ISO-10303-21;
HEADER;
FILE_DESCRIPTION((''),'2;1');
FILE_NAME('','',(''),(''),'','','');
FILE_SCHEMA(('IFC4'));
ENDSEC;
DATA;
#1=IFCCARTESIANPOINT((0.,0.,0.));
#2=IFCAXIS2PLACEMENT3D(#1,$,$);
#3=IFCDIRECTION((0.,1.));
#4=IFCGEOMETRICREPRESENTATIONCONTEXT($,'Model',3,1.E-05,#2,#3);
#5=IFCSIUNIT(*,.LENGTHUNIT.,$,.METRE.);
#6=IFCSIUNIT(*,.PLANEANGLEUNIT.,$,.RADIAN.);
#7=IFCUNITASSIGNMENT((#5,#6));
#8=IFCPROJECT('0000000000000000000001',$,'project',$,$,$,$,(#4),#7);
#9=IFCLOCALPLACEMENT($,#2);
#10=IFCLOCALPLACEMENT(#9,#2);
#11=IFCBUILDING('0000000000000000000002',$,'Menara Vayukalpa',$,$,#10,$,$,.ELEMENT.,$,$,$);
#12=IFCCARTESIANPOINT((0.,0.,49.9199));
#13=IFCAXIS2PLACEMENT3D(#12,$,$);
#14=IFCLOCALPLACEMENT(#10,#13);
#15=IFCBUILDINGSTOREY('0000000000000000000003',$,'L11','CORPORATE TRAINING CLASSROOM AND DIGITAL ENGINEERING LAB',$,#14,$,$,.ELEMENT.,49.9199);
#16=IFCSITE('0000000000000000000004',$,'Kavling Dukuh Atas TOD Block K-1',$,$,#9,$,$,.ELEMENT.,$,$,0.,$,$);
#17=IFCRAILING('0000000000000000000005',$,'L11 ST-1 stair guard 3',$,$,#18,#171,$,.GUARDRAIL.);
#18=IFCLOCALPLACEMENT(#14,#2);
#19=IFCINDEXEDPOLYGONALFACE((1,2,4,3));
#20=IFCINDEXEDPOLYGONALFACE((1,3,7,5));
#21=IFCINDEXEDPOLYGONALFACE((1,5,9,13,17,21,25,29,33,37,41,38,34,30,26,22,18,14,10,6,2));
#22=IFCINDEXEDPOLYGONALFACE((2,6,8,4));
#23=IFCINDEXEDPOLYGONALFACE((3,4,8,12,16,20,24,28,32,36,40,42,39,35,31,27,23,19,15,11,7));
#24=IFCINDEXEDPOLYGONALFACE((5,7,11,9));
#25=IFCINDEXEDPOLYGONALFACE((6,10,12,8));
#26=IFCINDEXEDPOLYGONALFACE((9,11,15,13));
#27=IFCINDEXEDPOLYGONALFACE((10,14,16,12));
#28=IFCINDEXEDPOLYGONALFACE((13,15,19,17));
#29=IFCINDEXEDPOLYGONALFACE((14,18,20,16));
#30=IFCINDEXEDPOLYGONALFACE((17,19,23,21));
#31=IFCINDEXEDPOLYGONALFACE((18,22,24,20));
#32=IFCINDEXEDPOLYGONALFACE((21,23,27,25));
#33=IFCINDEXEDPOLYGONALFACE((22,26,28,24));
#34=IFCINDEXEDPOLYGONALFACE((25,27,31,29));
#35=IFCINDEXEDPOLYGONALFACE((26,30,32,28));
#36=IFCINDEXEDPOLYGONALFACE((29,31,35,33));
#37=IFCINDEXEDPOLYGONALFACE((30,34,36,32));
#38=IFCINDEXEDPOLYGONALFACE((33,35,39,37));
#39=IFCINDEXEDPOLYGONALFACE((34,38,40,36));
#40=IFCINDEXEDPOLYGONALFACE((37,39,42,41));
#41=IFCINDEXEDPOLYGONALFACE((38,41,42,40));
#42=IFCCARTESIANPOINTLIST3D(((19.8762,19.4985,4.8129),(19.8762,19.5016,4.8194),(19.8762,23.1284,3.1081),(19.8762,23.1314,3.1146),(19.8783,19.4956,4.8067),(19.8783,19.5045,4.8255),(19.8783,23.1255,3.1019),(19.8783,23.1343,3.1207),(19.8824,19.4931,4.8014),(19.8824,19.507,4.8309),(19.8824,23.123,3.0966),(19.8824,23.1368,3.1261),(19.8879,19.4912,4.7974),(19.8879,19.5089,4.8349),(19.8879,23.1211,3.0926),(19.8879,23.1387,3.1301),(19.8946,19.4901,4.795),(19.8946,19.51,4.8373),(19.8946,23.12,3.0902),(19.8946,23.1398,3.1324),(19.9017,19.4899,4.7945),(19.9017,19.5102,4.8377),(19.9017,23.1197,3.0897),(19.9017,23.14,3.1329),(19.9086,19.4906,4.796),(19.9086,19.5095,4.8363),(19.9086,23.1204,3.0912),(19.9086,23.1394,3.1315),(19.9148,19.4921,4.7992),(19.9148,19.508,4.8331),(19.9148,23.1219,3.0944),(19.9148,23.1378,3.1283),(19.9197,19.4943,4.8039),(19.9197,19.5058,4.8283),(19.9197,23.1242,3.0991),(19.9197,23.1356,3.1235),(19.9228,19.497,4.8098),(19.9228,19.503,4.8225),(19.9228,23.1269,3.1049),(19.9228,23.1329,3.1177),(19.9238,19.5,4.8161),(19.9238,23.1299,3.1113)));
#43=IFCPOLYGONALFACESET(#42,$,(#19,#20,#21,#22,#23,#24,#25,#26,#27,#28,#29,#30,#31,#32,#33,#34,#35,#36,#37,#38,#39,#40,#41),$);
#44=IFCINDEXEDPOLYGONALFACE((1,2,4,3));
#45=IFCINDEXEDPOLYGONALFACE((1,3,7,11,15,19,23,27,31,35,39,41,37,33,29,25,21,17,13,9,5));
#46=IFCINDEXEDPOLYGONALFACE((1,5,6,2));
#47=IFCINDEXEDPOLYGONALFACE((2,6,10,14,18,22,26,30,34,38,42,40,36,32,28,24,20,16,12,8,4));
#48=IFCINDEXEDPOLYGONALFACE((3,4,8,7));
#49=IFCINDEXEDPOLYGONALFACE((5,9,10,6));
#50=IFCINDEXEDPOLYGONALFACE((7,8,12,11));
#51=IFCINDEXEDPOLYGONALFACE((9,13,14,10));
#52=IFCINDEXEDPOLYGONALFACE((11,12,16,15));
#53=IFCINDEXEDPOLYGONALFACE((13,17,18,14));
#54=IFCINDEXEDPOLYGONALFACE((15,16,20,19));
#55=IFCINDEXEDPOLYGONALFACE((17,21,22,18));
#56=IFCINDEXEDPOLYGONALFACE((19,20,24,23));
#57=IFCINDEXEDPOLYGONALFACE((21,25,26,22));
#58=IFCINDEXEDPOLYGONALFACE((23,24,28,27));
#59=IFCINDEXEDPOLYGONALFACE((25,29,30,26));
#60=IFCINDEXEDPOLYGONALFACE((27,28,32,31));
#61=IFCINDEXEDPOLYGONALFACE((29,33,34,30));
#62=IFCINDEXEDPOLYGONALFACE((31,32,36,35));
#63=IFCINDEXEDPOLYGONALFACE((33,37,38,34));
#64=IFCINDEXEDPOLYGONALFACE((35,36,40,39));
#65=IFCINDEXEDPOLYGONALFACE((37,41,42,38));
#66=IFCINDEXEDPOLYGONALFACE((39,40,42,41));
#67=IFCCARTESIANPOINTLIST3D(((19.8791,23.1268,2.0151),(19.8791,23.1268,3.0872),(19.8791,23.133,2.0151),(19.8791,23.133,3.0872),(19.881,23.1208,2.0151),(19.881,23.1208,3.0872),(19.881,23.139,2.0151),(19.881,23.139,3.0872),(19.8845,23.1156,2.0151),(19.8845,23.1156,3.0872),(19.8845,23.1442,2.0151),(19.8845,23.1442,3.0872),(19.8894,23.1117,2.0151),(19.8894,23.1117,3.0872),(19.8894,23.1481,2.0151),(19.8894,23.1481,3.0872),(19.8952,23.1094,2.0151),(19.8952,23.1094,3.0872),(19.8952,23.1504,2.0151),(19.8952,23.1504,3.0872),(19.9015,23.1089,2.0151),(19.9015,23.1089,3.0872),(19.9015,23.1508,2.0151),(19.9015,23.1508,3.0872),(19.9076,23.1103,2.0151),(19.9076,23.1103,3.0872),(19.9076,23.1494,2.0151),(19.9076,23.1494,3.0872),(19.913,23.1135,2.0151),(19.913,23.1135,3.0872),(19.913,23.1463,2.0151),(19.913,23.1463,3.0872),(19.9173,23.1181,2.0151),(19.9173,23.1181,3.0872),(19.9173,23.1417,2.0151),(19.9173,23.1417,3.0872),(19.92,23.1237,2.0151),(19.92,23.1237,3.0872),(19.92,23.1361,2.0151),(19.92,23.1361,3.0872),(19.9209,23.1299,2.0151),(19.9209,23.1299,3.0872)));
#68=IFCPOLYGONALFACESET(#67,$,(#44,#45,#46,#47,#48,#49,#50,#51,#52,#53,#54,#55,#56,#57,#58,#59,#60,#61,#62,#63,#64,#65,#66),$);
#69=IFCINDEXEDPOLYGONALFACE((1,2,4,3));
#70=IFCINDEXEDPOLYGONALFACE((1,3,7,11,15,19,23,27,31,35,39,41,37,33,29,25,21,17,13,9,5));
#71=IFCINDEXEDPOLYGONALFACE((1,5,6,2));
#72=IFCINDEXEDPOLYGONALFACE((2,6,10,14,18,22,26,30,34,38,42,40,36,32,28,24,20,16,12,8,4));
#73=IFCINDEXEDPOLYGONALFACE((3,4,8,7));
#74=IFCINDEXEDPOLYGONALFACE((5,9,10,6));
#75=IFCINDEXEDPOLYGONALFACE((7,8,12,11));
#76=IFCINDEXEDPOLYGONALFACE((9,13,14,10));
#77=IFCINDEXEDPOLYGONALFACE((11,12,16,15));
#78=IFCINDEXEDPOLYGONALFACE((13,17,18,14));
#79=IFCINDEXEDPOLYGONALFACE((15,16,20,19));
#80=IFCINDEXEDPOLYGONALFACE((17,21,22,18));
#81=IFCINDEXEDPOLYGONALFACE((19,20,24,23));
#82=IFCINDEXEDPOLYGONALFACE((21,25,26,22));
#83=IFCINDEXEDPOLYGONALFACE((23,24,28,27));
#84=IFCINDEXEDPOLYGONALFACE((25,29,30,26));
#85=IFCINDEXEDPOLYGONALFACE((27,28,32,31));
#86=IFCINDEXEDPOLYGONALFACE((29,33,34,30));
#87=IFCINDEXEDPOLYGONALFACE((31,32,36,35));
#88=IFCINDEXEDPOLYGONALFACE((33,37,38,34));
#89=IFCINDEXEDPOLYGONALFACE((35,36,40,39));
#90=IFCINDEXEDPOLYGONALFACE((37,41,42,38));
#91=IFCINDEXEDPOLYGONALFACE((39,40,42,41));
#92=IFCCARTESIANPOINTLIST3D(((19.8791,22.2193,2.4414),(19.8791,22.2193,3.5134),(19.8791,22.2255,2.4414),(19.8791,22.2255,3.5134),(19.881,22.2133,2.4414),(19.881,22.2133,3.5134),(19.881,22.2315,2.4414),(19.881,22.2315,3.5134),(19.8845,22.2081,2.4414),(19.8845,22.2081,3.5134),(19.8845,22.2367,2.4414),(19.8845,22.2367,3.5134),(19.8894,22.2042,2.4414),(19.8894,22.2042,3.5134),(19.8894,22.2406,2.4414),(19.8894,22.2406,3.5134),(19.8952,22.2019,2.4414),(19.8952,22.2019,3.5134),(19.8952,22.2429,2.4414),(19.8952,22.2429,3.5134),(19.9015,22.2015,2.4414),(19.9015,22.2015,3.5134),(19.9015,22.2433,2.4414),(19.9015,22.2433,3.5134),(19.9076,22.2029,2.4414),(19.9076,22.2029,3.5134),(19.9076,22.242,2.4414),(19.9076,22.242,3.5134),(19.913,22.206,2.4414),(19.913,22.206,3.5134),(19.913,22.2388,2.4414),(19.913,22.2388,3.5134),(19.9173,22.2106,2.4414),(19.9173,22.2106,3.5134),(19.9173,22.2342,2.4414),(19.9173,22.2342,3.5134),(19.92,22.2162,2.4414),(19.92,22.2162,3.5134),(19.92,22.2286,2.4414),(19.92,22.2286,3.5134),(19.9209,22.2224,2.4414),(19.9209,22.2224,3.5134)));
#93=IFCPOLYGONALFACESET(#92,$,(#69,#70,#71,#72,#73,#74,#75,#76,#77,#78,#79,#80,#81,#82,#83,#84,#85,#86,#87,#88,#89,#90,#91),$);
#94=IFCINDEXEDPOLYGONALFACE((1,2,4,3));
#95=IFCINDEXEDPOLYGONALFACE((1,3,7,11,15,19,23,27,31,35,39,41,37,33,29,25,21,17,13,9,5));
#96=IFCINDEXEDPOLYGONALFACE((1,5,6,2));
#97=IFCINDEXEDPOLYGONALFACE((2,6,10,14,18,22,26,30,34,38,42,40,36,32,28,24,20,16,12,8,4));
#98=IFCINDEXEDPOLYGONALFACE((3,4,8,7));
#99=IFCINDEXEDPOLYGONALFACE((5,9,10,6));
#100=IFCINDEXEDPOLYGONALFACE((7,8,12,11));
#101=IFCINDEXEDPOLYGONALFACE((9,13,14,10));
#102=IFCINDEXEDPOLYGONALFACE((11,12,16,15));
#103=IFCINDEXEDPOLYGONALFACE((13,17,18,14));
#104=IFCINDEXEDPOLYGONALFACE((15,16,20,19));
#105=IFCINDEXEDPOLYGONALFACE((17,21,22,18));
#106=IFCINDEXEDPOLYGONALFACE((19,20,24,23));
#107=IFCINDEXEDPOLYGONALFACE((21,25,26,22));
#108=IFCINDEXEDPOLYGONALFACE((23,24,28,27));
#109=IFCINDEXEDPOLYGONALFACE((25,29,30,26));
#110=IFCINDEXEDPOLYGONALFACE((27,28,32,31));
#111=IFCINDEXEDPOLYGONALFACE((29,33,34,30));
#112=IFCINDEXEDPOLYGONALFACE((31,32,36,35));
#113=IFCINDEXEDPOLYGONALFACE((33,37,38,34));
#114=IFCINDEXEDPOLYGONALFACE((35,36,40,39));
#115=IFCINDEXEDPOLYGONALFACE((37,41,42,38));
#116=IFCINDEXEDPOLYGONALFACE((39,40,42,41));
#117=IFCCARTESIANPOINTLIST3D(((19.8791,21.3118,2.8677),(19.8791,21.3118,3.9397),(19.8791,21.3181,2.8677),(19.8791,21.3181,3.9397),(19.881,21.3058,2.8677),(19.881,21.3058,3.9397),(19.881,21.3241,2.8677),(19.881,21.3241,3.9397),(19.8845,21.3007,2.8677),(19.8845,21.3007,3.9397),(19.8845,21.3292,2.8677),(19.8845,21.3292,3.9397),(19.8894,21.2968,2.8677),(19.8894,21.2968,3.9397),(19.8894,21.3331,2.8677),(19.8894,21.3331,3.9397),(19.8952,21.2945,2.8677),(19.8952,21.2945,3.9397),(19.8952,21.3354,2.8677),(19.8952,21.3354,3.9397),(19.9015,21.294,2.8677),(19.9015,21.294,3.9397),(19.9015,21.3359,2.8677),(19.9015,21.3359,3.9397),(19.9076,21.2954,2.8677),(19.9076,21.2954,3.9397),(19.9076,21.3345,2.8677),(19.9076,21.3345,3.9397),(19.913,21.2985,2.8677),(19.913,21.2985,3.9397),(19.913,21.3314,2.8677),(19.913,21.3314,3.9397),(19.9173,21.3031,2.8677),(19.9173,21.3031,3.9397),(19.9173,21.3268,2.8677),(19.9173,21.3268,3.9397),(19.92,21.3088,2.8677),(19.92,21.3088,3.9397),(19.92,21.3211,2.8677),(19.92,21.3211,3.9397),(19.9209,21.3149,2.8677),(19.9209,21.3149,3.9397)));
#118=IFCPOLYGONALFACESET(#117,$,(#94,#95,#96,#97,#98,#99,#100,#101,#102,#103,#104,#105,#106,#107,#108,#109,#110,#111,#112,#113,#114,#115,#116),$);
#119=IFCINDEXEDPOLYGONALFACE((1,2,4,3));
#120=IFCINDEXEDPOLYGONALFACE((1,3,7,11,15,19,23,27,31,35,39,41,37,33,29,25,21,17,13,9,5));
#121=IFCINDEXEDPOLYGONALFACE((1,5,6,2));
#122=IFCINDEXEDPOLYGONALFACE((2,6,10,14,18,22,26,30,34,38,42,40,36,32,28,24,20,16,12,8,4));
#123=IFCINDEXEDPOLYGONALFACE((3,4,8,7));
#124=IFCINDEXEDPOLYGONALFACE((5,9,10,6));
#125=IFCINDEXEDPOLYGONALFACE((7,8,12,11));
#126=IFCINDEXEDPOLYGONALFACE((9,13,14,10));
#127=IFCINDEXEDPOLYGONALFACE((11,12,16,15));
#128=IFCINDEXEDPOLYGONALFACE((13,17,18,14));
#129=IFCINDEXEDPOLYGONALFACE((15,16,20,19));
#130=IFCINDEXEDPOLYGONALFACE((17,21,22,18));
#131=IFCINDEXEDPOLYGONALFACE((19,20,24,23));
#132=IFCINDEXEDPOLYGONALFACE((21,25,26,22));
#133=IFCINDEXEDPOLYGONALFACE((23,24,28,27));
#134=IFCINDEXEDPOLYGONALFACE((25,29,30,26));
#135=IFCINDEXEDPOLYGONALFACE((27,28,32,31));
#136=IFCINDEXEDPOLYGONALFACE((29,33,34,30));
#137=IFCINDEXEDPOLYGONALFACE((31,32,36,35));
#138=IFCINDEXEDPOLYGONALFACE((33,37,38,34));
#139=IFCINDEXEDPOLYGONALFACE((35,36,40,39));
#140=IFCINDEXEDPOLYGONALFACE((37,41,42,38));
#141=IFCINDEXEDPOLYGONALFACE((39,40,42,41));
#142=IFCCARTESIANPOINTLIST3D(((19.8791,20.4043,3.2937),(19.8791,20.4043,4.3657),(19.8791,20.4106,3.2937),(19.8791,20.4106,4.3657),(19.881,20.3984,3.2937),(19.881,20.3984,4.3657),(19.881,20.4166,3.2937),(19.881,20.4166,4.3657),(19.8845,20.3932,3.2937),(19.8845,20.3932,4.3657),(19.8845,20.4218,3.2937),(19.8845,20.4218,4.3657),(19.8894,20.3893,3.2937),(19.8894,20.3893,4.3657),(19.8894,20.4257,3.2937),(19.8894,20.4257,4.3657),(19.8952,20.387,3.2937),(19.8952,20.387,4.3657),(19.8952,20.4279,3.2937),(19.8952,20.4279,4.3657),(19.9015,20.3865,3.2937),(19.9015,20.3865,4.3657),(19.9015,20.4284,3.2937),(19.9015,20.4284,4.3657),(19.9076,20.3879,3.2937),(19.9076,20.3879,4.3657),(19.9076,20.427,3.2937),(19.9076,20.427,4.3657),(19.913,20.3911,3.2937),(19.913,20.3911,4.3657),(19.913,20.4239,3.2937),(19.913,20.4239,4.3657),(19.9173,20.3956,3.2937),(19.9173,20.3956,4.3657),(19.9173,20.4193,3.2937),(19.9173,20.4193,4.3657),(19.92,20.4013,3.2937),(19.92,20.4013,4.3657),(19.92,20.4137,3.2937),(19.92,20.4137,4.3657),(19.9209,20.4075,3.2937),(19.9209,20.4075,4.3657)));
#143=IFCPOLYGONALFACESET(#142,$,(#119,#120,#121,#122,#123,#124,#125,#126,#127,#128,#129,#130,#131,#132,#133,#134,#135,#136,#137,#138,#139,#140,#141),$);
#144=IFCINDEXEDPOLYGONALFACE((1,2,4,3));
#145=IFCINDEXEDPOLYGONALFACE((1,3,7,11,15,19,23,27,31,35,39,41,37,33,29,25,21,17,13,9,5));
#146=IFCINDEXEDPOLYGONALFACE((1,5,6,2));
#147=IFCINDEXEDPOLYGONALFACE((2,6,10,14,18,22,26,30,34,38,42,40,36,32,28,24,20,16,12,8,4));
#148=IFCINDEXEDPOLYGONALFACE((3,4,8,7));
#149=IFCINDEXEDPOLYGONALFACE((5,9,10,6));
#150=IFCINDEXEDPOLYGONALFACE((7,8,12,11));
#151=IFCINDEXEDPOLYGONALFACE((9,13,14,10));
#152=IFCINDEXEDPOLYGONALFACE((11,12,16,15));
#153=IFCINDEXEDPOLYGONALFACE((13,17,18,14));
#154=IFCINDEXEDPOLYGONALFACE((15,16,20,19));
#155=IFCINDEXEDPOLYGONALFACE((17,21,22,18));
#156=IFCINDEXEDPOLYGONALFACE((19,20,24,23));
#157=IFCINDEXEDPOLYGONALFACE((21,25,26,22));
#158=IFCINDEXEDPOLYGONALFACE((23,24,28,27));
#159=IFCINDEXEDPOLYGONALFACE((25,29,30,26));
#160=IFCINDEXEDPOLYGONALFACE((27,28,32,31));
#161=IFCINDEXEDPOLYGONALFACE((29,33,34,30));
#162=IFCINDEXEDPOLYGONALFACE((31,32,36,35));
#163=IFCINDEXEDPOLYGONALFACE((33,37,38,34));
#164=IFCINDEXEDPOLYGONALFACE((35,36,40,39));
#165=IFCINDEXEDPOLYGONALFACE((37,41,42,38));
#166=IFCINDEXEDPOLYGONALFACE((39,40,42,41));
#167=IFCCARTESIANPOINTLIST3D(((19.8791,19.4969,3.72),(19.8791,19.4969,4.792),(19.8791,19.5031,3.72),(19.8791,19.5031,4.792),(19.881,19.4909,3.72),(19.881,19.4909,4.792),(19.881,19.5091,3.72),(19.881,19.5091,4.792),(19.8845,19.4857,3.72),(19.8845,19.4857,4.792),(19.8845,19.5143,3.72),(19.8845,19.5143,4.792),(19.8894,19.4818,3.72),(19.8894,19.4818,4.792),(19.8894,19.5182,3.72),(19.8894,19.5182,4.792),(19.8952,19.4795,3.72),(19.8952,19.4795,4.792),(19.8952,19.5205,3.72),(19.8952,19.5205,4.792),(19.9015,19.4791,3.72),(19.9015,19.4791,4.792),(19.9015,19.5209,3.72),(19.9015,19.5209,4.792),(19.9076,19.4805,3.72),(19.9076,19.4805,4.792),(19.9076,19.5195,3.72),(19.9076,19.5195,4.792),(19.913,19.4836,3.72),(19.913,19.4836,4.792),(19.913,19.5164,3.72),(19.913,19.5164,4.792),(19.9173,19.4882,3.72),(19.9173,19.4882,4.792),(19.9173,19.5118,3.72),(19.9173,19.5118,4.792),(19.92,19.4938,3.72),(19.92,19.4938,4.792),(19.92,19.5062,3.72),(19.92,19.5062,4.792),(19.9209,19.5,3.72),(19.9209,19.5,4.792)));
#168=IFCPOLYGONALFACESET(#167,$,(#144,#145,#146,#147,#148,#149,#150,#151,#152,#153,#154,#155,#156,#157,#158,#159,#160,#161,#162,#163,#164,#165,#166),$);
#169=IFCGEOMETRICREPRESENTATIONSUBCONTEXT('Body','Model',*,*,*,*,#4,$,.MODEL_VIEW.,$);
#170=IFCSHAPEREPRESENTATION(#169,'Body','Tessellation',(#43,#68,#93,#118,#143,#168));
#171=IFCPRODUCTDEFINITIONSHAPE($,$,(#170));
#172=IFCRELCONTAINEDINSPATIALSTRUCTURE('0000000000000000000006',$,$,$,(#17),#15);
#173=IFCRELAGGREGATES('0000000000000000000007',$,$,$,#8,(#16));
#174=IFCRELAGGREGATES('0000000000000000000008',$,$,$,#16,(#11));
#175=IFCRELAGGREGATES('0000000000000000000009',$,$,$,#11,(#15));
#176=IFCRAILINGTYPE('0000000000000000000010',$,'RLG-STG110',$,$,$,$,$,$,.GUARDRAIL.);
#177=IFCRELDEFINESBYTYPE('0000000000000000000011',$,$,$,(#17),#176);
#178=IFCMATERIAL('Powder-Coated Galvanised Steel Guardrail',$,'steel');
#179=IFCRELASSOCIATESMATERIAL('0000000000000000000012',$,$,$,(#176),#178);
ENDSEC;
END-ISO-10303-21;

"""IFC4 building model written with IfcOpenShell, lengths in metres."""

from ifc_helpers import new_model, si_unit, direction, frame, origin, origin_2d, place, context, subcontext, project, spatial, circle, extrude, material, type_object, element, save


model = new_model("IFC4")

# Units and contexts
model_context = context("Model", 3, precision=1e-05, world=origin(), true_north=direction((0.0, 1.0)))
body_context = subcontext(model_context, "Body", "Model", "MODEL_VIEW")
ifc_project = project(units=[si_unit("LENGTHUNIT", "METRE"), si_unit("PLANEANGLEUNIT", "RADIAN")], contexts=[model_context])

# Site, building, storey
site_placement = place(None, origin())
site = spatial("IfcSite", under=ifc_project, at=site_placement, Name="Kavling Dukuh Atas TOD Block K-1", CompositionType="ELEMENT", RefElevation=0.0)
building_placement = place(site_placement, origin())
building = spatial("IfcBuilding", under=site, at=building_placement, Name="Menara Vayukalpa", CompositionType="ELEMENT")
storey_placement = place(building_placement, frame((0.0, 0.0, 49.9199)))
storey = spatial("IfcBuildingStorey", under=building, at=storey_placement, Name="L11", Description="CORPORATE TRAINING CLASSROOM AND DIGITAL ENGINEERING LAB", CompositionType="ELEMENT", Elevation=49.9199)

# Railing
ifc_material_1 = material(Name="Powder-Coated Galvanised Steel Guardrail", Category="steel")
railing_type_1 = type_object("IfcRailingType", Name="RLG-STG110", PredefinedType="GUARDRAIL", material=ifc_material_1)
railing_1_placement = place(storey_placement, frame((19.8999, 23.1299, 2.0151)))
element("IfcRailing", 1, at=railing_1_placement, inside=storey, type_object=railing_type_1, Name="L11 ST-1 stair guard 3", PredefinedType="GUARDRAIL", context=body_context, shape_type="SweptSolid", body=[
    extrude(circle(Radius=0.0239, at=origin_2d()), frame((0.0, 0.0, 1.0962), z_axis=(0.0, -0.90514, 0.425114), x_axis=(1.0, 0.0, 0.0)), (0.0, 0.0, 1.0), 4.0103),
    extrude(circle(Radius=0.021, at=origin_2d()), origin(), (0.0, 0.0, 1.0), 1.072),
    extrude(circle(Radius=0.021, at=origin_2d()), frame((0.0, -0.9075, 0.4263)), (0.0, 0.0, 1.0), 1.072),
    extrude(circle(Radius=0.021, at=origin_2d()), frame((0.0, -1.8149, 0.8525)), (0.0, 0.0, 1.0), 1.072),
    extrude(circle(Radius=0.021, at=origin_2d()), frame((0.0, -2.7224, 1.2786)), (0.0, 0.0, 1.0), 1.072),
    extrude(circle(Radius=0.021, at=origin_2d()), frame((0.0, -3.6299, 1.7048)), (0.0, 0.0, 1.0), 1.072),
])

save(model, "model.ifc")
